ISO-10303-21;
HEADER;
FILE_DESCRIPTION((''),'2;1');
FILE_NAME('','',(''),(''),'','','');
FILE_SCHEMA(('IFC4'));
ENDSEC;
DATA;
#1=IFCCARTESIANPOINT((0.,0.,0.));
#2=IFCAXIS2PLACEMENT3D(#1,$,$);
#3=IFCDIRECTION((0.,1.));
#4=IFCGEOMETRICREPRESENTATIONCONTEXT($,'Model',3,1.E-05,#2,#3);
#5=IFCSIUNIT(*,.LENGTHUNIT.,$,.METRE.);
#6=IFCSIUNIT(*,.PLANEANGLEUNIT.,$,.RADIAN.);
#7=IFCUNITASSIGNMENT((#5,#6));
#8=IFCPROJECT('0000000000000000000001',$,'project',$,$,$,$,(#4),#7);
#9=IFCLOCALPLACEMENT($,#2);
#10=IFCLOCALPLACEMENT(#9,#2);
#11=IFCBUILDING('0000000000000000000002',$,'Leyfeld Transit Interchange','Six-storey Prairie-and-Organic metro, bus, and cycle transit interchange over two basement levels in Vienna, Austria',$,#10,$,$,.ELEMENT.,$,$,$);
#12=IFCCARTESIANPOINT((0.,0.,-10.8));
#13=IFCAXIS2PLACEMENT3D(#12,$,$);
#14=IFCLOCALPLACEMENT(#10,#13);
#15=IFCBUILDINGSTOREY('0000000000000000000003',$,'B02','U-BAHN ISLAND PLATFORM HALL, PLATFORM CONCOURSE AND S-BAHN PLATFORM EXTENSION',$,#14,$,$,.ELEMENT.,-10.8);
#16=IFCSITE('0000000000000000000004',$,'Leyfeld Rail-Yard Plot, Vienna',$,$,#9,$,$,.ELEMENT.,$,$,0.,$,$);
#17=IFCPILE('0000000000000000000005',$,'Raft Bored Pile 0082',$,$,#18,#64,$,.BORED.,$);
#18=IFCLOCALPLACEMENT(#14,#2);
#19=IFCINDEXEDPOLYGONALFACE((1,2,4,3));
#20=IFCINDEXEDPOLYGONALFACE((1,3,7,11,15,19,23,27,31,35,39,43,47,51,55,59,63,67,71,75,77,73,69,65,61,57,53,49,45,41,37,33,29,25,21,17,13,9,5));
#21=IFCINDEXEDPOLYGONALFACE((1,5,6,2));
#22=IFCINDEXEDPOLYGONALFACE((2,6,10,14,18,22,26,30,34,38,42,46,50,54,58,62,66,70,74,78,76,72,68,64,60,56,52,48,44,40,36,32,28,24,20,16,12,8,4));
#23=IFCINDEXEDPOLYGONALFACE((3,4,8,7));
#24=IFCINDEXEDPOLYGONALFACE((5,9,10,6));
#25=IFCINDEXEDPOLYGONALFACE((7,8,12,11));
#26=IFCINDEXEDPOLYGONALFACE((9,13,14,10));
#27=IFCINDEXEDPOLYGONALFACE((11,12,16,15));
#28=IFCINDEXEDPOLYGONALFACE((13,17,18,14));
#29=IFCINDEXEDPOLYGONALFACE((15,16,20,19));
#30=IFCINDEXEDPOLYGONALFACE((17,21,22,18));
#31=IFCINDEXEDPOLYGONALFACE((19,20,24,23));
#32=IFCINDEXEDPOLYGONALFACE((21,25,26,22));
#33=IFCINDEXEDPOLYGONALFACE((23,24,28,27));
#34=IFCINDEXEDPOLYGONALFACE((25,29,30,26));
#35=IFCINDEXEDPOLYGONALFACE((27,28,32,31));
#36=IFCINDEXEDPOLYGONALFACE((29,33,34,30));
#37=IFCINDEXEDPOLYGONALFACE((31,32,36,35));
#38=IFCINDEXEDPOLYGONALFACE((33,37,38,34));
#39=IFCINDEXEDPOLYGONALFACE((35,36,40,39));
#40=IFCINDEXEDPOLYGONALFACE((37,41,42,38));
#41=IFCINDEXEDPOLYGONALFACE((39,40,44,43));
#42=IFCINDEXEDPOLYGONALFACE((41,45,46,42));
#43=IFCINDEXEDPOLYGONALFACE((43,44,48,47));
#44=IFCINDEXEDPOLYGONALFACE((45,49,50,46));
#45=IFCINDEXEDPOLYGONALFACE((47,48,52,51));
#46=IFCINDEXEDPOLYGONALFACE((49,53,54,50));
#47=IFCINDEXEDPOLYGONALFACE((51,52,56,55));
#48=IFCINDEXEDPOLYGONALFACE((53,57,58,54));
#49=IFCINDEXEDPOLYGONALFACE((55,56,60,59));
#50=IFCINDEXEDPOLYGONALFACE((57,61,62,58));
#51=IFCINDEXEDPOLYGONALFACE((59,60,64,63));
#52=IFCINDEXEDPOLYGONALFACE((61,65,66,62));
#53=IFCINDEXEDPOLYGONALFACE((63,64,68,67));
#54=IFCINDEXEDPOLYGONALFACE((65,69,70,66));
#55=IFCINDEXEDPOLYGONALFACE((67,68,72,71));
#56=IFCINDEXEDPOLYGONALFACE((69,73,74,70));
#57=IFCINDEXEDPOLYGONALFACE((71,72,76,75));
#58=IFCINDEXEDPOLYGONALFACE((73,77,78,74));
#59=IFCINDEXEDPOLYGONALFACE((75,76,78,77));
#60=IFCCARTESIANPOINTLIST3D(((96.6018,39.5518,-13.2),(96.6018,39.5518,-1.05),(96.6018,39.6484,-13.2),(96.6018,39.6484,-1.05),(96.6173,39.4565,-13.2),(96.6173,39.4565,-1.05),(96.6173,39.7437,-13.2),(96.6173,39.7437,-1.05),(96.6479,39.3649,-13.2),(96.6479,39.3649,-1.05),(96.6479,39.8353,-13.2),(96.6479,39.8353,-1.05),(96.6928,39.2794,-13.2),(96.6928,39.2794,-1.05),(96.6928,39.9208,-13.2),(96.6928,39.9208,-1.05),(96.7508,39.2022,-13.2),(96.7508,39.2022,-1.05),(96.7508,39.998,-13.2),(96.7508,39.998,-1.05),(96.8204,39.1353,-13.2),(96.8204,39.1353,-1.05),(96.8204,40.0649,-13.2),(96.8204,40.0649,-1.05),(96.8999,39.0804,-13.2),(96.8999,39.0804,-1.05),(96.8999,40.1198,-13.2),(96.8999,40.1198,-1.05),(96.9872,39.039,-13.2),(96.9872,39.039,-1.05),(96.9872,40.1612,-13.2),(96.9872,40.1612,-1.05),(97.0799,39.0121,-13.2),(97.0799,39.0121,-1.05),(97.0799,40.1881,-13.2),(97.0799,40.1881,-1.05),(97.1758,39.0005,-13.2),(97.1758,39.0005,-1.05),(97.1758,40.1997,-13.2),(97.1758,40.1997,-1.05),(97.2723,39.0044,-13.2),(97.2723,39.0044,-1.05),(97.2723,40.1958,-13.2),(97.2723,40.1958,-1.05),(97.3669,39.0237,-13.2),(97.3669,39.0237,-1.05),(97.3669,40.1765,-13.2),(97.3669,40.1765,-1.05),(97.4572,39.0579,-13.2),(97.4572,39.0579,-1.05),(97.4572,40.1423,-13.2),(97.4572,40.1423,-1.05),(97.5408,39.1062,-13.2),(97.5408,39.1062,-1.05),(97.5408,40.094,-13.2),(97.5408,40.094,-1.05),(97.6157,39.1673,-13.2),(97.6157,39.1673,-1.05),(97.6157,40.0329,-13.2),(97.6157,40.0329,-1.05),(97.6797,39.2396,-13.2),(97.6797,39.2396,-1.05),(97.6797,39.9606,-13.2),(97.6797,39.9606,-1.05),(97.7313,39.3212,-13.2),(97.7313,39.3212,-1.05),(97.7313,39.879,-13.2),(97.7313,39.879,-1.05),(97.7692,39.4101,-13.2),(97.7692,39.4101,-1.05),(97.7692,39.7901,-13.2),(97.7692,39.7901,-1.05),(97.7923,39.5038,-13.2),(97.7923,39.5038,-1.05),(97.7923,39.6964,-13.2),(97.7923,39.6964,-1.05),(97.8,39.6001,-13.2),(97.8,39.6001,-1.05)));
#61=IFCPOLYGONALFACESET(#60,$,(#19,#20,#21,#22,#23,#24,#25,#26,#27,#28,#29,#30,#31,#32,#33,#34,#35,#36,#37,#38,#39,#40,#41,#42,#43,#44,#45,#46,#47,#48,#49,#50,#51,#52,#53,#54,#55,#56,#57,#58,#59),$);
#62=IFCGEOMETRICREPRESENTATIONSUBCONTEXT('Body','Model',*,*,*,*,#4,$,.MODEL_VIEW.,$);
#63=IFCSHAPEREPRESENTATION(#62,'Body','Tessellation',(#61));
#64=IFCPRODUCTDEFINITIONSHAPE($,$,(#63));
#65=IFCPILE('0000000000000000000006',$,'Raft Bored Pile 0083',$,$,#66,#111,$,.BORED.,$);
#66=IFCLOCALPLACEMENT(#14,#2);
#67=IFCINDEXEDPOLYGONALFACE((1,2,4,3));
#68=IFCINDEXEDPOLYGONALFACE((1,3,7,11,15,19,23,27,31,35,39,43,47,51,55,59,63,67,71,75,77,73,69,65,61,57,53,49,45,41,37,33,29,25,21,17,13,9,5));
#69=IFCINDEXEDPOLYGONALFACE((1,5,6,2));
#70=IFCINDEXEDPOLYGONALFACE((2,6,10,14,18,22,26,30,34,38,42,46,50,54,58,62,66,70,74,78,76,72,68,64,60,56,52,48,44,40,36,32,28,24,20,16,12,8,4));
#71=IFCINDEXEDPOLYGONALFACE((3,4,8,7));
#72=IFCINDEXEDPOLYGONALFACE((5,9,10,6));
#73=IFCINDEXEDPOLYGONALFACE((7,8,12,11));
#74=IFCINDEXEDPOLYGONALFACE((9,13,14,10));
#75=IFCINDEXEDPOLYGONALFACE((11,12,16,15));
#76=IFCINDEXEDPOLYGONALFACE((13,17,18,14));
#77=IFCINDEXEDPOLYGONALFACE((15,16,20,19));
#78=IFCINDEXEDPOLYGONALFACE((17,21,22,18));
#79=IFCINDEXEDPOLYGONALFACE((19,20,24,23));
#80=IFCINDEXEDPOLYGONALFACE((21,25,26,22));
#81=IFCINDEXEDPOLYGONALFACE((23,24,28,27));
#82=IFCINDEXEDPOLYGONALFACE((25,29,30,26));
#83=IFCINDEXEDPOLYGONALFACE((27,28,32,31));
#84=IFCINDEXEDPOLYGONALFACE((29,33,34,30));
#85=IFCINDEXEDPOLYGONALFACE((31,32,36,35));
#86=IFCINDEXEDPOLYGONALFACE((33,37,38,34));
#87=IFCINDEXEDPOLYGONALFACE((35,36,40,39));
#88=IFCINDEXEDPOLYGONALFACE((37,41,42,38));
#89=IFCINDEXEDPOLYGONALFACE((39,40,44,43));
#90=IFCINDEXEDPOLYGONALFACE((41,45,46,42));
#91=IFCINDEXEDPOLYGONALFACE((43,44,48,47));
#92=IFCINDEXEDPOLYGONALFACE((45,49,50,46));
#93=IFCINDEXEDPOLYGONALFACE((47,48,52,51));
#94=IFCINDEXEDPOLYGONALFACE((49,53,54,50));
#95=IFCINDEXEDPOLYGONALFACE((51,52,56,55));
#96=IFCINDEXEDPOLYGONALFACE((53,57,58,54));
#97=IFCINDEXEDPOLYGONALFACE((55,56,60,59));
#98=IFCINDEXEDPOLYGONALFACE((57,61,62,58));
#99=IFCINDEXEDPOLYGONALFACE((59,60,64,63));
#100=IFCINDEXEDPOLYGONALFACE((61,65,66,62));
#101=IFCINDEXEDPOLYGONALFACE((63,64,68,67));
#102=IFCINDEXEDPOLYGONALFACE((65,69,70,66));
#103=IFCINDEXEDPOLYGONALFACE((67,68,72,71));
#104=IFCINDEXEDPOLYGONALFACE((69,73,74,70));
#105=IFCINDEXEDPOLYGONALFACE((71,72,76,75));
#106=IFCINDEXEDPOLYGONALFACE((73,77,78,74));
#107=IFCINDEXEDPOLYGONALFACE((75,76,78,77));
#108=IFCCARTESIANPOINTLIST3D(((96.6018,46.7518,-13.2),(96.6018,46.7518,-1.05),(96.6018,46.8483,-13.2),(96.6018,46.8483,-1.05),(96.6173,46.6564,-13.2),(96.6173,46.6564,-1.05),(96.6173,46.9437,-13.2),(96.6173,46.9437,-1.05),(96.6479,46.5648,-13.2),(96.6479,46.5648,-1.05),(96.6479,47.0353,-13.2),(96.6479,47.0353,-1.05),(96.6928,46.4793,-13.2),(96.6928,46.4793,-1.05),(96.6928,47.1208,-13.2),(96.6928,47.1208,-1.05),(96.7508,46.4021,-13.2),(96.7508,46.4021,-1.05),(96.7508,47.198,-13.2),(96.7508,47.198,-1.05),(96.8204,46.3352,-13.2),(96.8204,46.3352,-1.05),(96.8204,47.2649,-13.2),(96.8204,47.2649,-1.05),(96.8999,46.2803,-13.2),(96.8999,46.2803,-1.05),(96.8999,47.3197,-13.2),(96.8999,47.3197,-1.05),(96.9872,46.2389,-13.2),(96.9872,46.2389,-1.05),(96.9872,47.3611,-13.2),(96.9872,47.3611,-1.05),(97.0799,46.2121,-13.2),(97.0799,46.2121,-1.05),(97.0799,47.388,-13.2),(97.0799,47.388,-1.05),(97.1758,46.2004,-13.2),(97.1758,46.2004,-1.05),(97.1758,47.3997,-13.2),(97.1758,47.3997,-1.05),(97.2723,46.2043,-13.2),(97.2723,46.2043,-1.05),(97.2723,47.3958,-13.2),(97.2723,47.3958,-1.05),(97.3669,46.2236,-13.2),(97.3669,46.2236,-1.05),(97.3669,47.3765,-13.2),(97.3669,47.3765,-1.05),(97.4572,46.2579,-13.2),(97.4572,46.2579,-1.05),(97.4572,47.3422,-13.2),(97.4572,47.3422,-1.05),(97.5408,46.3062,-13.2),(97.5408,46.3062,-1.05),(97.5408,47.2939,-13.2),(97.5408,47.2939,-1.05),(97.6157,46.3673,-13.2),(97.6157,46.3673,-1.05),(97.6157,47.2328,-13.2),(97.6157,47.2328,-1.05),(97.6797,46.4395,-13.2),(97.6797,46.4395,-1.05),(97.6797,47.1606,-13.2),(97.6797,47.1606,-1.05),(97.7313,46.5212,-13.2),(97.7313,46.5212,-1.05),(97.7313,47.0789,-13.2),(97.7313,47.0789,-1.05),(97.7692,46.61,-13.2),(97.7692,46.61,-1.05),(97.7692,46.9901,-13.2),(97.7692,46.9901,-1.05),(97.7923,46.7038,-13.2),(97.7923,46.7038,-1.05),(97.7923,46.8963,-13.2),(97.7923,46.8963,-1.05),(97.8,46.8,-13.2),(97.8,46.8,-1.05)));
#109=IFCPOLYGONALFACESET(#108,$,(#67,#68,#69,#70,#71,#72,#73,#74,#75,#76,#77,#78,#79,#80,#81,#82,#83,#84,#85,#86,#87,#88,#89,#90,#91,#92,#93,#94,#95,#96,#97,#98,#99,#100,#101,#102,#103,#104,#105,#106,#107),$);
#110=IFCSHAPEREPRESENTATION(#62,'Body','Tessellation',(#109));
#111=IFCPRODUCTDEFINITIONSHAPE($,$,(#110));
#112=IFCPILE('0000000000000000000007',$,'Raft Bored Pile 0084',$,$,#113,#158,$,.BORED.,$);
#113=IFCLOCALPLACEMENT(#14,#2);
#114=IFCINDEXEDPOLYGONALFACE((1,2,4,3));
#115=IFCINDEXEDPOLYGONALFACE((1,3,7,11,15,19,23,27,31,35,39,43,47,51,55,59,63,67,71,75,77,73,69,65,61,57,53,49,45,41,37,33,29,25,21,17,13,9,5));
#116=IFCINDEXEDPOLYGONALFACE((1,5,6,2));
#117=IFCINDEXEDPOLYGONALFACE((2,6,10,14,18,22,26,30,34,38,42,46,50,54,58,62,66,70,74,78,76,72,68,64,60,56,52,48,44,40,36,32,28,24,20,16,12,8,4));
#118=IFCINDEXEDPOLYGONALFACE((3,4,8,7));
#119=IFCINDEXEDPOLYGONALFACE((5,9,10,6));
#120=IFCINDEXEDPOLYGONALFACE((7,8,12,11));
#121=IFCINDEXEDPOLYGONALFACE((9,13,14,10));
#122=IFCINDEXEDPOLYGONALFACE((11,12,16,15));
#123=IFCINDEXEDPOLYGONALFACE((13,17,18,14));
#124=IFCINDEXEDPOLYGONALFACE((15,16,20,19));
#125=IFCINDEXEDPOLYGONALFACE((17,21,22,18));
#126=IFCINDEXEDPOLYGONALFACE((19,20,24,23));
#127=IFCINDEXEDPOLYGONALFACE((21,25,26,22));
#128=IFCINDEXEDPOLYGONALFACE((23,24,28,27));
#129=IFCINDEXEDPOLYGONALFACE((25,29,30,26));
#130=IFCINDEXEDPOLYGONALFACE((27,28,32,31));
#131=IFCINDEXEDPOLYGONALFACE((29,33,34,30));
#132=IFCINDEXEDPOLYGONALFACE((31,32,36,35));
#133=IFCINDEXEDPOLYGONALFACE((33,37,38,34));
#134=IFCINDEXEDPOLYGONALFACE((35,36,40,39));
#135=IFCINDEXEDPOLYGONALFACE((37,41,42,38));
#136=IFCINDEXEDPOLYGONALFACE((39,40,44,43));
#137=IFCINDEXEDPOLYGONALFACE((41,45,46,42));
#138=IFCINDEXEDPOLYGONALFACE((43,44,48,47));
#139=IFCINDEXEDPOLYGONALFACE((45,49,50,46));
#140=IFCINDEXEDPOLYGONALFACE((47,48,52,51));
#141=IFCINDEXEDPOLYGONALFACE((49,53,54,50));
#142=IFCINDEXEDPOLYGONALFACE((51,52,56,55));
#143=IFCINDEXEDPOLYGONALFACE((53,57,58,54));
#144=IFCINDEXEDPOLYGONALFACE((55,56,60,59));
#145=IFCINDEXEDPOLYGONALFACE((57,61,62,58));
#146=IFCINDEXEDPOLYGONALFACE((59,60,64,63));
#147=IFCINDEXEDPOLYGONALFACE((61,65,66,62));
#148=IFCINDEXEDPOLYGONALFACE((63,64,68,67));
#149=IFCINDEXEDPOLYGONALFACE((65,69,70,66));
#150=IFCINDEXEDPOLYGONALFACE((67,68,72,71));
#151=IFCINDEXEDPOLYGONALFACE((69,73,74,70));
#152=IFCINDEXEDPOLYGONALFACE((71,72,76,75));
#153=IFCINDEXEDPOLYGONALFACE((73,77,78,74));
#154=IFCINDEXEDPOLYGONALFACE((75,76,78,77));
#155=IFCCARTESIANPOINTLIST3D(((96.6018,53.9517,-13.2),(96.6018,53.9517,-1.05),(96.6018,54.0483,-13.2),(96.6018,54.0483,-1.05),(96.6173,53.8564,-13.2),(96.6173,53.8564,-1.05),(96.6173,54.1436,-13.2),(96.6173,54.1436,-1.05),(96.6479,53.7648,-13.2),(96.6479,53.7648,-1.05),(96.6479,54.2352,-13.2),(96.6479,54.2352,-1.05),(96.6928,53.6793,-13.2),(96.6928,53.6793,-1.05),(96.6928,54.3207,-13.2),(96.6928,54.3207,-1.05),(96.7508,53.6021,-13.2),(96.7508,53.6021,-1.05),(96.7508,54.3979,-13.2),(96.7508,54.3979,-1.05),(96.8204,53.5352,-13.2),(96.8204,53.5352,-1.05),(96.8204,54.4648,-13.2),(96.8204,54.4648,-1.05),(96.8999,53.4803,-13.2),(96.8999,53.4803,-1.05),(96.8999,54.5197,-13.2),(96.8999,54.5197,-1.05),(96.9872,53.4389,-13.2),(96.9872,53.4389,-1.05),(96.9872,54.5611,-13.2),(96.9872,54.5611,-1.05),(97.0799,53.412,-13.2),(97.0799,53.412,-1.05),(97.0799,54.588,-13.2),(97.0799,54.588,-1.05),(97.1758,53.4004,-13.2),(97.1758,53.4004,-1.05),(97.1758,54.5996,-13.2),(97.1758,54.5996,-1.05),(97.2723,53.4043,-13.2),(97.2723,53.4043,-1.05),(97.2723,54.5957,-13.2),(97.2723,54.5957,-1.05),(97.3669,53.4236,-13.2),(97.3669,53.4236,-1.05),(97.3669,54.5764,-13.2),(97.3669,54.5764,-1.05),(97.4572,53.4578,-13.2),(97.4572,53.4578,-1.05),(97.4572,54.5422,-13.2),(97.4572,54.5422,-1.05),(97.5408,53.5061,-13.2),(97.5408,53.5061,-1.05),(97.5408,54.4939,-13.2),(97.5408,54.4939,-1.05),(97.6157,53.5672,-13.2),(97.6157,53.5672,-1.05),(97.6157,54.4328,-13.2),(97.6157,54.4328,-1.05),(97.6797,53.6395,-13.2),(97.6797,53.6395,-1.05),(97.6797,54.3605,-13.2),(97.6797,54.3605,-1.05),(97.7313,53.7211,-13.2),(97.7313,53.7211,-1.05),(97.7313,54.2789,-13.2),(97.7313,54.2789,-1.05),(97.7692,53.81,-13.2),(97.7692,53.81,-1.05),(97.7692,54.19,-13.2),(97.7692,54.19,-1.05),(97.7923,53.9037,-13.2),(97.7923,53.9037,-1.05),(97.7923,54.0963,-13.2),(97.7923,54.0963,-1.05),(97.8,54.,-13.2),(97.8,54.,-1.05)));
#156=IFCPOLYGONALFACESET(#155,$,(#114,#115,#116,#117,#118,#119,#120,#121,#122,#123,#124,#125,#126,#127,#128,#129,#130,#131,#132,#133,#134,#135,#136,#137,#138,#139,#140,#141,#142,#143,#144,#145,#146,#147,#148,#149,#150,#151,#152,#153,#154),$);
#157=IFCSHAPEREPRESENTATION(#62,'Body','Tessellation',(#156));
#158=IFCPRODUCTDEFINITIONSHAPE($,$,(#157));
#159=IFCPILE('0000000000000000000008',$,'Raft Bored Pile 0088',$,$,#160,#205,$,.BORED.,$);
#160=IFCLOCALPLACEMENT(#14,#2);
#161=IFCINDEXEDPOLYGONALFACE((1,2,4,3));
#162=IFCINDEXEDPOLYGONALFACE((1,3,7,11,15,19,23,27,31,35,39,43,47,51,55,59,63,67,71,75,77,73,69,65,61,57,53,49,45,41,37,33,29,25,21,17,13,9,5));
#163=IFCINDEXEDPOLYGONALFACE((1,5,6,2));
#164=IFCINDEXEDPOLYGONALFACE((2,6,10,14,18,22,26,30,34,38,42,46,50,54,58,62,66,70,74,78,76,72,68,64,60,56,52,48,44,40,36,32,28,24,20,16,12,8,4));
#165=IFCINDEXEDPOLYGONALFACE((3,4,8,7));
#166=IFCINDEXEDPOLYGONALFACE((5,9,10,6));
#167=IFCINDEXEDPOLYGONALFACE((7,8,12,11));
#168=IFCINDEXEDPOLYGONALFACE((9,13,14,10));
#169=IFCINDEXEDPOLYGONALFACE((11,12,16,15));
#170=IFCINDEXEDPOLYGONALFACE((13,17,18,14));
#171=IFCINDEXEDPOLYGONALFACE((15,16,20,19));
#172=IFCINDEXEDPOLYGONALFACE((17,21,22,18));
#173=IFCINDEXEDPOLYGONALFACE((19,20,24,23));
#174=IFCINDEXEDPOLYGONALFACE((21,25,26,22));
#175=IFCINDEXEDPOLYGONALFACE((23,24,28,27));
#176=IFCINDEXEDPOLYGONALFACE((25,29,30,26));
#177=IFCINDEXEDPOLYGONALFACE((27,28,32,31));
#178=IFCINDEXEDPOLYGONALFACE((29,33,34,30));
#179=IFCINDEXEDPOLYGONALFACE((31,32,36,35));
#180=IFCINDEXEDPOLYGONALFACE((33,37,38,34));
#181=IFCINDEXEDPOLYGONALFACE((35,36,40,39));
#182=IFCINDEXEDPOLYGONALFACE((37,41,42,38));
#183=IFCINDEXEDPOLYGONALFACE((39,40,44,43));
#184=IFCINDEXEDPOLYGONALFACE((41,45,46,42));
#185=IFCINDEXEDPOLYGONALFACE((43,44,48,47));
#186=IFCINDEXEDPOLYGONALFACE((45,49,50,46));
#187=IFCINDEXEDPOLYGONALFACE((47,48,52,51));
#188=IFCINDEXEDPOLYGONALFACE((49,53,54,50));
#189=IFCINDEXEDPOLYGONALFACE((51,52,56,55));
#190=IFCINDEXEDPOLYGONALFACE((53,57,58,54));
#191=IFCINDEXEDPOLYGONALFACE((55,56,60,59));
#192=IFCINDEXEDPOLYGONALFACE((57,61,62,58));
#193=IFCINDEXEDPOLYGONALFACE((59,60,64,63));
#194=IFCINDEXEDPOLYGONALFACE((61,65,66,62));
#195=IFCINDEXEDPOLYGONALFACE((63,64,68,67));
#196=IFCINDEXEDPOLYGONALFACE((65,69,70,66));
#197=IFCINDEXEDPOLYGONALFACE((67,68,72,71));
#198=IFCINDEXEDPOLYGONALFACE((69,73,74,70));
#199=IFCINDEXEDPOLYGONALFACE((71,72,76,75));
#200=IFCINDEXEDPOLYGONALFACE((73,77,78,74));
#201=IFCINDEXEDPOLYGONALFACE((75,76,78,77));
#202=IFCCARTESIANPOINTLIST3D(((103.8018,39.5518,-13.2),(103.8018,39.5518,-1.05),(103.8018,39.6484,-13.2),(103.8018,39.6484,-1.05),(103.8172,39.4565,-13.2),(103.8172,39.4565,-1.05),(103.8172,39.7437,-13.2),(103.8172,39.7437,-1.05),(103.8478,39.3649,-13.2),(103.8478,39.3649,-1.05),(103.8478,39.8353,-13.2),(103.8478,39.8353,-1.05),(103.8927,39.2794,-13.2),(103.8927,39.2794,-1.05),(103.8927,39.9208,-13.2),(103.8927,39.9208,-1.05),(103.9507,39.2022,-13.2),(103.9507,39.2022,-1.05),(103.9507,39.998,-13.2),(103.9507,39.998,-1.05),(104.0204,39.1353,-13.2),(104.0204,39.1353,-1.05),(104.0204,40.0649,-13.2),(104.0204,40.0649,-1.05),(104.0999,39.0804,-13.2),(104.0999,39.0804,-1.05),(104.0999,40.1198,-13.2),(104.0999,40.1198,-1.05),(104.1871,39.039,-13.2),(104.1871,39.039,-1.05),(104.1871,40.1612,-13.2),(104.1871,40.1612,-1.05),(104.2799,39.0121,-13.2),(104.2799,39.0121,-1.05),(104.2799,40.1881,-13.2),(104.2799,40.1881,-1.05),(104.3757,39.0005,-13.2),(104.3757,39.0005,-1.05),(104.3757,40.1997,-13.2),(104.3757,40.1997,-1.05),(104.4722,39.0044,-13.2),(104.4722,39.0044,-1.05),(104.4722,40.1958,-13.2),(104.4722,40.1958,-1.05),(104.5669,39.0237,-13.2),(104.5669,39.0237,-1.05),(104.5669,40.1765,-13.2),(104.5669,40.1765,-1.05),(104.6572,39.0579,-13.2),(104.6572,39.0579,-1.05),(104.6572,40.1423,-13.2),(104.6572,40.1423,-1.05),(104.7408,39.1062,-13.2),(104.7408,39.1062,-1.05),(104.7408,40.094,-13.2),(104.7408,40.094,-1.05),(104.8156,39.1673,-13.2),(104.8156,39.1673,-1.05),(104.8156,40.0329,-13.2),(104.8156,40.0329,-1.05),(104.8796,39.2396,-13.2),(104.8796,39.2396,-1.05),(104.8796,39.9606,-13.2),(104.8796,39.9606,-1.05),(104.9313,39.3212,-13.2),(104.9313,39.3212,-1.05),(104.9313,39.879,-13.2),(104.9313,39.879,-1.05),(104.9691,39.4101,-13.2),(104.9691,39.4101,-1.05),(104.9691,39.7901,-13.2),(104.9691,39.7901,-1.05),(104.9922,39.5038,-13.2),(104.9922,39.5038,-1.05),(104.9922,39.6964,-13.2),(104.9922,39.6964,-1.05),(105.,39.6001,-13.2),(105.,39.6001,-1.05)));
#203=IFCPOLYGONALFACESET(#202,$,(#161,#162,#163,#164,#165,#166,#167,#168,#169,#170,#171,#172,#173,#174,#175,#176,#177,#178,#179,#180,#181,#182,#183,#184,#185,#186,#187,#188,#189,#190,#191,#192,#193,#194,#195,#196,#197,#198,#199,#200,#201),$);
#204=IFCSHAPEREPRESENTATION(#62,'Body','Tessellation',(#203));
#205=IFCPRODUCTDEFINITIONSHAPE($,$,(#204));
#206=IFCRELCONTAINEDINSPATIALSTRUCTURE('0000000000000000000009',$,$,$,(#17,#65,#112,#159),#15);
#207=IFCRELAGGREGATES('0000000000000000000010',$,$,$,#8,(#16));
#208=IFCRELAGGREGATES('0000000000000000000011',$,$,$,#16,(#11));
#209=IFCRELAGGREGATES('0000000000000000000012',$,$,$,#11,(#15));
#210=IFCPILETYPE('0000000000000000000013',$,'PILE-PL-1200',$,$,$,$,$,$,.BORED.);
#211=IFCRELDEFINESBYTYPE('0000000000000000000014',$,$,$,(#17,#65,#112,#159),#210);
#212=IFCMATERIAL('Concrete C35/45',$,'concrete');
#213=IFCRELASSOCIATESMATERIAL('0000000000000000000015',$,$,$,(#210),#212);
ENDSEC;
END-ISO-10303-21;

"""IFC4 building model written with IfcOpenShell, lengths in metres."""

from ifc_helpers import new_model, si_unit, direction, frame, origin, origin_2d, place, context, subcontext, project, spatial, circle, extrude, material, material_profile, profile_set, type_object, element, save


model = new_model("IFC4")

# Units and contexts
model_context = context("Model", 3, precision=1e-05, world=origin(), true_north=direction((0.0, 1.0)))
body_context = subcontext(model_context, "Body", "Model", "MODEL_VIEW")
ifc_project = project(units=[si_unit("LENGTHUNIT", "METRE"), si_unit("PLANEANGLEUNIT", "RADIAN")], contexts=[model_context])

# Site, building, storey
site_placement = place(None, origin())
site = spatial("IfcSite", under=ifc_project, at=site_placement, Name="Leyfeld Rail-Yard Plot, Vienna", CompositionType="ELEMENT", RefElevation=0.0)
building_placement = place(site_placement, origin())
building = spatial("IfcBuilding", under=site, at=building_placement, Name="Leyfeld Transit Interchange", Description="Six-storey Prairie-and-Organic metro, bus, and cycle transit interchange over two basement levels in Vienna, Austria", CompositionType="ELEMENT")
storey_placement = place(building_placement, frame((0.0, 0.0, -10.8)))
storey = spatial("IfcBuildingStorey", under=building, at=storey_placement, Name="B02", Description="U-BAHN ISLAND PLATFORM HALL, PLATFORM CONCOURSE AND S-BAHN PLATFORM EXTENSION", CompositionType="ELEMENT", Elevation=-10.8)

# Piles
ifc_material_1 = material(Name="Concrete C35/45", Category="concrete")
ifc_material_profile_1 = material_profile(ifc_material_1, circle(Radius=0.6001, at=origin_2d()), Name="PILE D1200")
ifc_profile_set_1 = profile_set([ifc_material_profile_1], Name="Concrete C35/45")
pile_type = type_object("IfcPileType", Name="PILE-PL-1200", PredefinedType="BORED", material=ifc_profile_set_1)
for number, where, z_axis, x_axis, name in (
    (1, (97.2, 39.6001, -1.05), (0.0, 0.0, -1.0), (1.0, 0.0, 0.0), "Raft Bored Pile 0082"),
    (2, (97.2, 46.8, -1.05), (0.0, 0.0, -1.0), (1.0, 0.0, 0.0), "Raft Bored Pile 0083"),
    (3, (97.2, 54.0, -1.05), (0.0, 0.0, -1.0), (1.0, 0.0, 0.0), "Raft Bored Pile 0084"),
    (4, (104.3999, 39.6001, -1.05), (0.0, 0.0, -1.0), (1.0, 0.0, 0.0), "Raft Bored Pile 0088"),
):
    element("IfcPile", number, at=place(storey_placement, frame(where, z_axis=z_axis, x_axis=x_axis)), inside=storey, type_object=pile_type, Name=name, PredefinedType="BORED", context=body_context, shape_type="SweptSolid", body=[
        extrude(circle(Radius=0.6001, at=origin_2d()), origin(), (0.0, 0.0, 1.0), 12.1499),
    ])

save(model, "model.ifc")
